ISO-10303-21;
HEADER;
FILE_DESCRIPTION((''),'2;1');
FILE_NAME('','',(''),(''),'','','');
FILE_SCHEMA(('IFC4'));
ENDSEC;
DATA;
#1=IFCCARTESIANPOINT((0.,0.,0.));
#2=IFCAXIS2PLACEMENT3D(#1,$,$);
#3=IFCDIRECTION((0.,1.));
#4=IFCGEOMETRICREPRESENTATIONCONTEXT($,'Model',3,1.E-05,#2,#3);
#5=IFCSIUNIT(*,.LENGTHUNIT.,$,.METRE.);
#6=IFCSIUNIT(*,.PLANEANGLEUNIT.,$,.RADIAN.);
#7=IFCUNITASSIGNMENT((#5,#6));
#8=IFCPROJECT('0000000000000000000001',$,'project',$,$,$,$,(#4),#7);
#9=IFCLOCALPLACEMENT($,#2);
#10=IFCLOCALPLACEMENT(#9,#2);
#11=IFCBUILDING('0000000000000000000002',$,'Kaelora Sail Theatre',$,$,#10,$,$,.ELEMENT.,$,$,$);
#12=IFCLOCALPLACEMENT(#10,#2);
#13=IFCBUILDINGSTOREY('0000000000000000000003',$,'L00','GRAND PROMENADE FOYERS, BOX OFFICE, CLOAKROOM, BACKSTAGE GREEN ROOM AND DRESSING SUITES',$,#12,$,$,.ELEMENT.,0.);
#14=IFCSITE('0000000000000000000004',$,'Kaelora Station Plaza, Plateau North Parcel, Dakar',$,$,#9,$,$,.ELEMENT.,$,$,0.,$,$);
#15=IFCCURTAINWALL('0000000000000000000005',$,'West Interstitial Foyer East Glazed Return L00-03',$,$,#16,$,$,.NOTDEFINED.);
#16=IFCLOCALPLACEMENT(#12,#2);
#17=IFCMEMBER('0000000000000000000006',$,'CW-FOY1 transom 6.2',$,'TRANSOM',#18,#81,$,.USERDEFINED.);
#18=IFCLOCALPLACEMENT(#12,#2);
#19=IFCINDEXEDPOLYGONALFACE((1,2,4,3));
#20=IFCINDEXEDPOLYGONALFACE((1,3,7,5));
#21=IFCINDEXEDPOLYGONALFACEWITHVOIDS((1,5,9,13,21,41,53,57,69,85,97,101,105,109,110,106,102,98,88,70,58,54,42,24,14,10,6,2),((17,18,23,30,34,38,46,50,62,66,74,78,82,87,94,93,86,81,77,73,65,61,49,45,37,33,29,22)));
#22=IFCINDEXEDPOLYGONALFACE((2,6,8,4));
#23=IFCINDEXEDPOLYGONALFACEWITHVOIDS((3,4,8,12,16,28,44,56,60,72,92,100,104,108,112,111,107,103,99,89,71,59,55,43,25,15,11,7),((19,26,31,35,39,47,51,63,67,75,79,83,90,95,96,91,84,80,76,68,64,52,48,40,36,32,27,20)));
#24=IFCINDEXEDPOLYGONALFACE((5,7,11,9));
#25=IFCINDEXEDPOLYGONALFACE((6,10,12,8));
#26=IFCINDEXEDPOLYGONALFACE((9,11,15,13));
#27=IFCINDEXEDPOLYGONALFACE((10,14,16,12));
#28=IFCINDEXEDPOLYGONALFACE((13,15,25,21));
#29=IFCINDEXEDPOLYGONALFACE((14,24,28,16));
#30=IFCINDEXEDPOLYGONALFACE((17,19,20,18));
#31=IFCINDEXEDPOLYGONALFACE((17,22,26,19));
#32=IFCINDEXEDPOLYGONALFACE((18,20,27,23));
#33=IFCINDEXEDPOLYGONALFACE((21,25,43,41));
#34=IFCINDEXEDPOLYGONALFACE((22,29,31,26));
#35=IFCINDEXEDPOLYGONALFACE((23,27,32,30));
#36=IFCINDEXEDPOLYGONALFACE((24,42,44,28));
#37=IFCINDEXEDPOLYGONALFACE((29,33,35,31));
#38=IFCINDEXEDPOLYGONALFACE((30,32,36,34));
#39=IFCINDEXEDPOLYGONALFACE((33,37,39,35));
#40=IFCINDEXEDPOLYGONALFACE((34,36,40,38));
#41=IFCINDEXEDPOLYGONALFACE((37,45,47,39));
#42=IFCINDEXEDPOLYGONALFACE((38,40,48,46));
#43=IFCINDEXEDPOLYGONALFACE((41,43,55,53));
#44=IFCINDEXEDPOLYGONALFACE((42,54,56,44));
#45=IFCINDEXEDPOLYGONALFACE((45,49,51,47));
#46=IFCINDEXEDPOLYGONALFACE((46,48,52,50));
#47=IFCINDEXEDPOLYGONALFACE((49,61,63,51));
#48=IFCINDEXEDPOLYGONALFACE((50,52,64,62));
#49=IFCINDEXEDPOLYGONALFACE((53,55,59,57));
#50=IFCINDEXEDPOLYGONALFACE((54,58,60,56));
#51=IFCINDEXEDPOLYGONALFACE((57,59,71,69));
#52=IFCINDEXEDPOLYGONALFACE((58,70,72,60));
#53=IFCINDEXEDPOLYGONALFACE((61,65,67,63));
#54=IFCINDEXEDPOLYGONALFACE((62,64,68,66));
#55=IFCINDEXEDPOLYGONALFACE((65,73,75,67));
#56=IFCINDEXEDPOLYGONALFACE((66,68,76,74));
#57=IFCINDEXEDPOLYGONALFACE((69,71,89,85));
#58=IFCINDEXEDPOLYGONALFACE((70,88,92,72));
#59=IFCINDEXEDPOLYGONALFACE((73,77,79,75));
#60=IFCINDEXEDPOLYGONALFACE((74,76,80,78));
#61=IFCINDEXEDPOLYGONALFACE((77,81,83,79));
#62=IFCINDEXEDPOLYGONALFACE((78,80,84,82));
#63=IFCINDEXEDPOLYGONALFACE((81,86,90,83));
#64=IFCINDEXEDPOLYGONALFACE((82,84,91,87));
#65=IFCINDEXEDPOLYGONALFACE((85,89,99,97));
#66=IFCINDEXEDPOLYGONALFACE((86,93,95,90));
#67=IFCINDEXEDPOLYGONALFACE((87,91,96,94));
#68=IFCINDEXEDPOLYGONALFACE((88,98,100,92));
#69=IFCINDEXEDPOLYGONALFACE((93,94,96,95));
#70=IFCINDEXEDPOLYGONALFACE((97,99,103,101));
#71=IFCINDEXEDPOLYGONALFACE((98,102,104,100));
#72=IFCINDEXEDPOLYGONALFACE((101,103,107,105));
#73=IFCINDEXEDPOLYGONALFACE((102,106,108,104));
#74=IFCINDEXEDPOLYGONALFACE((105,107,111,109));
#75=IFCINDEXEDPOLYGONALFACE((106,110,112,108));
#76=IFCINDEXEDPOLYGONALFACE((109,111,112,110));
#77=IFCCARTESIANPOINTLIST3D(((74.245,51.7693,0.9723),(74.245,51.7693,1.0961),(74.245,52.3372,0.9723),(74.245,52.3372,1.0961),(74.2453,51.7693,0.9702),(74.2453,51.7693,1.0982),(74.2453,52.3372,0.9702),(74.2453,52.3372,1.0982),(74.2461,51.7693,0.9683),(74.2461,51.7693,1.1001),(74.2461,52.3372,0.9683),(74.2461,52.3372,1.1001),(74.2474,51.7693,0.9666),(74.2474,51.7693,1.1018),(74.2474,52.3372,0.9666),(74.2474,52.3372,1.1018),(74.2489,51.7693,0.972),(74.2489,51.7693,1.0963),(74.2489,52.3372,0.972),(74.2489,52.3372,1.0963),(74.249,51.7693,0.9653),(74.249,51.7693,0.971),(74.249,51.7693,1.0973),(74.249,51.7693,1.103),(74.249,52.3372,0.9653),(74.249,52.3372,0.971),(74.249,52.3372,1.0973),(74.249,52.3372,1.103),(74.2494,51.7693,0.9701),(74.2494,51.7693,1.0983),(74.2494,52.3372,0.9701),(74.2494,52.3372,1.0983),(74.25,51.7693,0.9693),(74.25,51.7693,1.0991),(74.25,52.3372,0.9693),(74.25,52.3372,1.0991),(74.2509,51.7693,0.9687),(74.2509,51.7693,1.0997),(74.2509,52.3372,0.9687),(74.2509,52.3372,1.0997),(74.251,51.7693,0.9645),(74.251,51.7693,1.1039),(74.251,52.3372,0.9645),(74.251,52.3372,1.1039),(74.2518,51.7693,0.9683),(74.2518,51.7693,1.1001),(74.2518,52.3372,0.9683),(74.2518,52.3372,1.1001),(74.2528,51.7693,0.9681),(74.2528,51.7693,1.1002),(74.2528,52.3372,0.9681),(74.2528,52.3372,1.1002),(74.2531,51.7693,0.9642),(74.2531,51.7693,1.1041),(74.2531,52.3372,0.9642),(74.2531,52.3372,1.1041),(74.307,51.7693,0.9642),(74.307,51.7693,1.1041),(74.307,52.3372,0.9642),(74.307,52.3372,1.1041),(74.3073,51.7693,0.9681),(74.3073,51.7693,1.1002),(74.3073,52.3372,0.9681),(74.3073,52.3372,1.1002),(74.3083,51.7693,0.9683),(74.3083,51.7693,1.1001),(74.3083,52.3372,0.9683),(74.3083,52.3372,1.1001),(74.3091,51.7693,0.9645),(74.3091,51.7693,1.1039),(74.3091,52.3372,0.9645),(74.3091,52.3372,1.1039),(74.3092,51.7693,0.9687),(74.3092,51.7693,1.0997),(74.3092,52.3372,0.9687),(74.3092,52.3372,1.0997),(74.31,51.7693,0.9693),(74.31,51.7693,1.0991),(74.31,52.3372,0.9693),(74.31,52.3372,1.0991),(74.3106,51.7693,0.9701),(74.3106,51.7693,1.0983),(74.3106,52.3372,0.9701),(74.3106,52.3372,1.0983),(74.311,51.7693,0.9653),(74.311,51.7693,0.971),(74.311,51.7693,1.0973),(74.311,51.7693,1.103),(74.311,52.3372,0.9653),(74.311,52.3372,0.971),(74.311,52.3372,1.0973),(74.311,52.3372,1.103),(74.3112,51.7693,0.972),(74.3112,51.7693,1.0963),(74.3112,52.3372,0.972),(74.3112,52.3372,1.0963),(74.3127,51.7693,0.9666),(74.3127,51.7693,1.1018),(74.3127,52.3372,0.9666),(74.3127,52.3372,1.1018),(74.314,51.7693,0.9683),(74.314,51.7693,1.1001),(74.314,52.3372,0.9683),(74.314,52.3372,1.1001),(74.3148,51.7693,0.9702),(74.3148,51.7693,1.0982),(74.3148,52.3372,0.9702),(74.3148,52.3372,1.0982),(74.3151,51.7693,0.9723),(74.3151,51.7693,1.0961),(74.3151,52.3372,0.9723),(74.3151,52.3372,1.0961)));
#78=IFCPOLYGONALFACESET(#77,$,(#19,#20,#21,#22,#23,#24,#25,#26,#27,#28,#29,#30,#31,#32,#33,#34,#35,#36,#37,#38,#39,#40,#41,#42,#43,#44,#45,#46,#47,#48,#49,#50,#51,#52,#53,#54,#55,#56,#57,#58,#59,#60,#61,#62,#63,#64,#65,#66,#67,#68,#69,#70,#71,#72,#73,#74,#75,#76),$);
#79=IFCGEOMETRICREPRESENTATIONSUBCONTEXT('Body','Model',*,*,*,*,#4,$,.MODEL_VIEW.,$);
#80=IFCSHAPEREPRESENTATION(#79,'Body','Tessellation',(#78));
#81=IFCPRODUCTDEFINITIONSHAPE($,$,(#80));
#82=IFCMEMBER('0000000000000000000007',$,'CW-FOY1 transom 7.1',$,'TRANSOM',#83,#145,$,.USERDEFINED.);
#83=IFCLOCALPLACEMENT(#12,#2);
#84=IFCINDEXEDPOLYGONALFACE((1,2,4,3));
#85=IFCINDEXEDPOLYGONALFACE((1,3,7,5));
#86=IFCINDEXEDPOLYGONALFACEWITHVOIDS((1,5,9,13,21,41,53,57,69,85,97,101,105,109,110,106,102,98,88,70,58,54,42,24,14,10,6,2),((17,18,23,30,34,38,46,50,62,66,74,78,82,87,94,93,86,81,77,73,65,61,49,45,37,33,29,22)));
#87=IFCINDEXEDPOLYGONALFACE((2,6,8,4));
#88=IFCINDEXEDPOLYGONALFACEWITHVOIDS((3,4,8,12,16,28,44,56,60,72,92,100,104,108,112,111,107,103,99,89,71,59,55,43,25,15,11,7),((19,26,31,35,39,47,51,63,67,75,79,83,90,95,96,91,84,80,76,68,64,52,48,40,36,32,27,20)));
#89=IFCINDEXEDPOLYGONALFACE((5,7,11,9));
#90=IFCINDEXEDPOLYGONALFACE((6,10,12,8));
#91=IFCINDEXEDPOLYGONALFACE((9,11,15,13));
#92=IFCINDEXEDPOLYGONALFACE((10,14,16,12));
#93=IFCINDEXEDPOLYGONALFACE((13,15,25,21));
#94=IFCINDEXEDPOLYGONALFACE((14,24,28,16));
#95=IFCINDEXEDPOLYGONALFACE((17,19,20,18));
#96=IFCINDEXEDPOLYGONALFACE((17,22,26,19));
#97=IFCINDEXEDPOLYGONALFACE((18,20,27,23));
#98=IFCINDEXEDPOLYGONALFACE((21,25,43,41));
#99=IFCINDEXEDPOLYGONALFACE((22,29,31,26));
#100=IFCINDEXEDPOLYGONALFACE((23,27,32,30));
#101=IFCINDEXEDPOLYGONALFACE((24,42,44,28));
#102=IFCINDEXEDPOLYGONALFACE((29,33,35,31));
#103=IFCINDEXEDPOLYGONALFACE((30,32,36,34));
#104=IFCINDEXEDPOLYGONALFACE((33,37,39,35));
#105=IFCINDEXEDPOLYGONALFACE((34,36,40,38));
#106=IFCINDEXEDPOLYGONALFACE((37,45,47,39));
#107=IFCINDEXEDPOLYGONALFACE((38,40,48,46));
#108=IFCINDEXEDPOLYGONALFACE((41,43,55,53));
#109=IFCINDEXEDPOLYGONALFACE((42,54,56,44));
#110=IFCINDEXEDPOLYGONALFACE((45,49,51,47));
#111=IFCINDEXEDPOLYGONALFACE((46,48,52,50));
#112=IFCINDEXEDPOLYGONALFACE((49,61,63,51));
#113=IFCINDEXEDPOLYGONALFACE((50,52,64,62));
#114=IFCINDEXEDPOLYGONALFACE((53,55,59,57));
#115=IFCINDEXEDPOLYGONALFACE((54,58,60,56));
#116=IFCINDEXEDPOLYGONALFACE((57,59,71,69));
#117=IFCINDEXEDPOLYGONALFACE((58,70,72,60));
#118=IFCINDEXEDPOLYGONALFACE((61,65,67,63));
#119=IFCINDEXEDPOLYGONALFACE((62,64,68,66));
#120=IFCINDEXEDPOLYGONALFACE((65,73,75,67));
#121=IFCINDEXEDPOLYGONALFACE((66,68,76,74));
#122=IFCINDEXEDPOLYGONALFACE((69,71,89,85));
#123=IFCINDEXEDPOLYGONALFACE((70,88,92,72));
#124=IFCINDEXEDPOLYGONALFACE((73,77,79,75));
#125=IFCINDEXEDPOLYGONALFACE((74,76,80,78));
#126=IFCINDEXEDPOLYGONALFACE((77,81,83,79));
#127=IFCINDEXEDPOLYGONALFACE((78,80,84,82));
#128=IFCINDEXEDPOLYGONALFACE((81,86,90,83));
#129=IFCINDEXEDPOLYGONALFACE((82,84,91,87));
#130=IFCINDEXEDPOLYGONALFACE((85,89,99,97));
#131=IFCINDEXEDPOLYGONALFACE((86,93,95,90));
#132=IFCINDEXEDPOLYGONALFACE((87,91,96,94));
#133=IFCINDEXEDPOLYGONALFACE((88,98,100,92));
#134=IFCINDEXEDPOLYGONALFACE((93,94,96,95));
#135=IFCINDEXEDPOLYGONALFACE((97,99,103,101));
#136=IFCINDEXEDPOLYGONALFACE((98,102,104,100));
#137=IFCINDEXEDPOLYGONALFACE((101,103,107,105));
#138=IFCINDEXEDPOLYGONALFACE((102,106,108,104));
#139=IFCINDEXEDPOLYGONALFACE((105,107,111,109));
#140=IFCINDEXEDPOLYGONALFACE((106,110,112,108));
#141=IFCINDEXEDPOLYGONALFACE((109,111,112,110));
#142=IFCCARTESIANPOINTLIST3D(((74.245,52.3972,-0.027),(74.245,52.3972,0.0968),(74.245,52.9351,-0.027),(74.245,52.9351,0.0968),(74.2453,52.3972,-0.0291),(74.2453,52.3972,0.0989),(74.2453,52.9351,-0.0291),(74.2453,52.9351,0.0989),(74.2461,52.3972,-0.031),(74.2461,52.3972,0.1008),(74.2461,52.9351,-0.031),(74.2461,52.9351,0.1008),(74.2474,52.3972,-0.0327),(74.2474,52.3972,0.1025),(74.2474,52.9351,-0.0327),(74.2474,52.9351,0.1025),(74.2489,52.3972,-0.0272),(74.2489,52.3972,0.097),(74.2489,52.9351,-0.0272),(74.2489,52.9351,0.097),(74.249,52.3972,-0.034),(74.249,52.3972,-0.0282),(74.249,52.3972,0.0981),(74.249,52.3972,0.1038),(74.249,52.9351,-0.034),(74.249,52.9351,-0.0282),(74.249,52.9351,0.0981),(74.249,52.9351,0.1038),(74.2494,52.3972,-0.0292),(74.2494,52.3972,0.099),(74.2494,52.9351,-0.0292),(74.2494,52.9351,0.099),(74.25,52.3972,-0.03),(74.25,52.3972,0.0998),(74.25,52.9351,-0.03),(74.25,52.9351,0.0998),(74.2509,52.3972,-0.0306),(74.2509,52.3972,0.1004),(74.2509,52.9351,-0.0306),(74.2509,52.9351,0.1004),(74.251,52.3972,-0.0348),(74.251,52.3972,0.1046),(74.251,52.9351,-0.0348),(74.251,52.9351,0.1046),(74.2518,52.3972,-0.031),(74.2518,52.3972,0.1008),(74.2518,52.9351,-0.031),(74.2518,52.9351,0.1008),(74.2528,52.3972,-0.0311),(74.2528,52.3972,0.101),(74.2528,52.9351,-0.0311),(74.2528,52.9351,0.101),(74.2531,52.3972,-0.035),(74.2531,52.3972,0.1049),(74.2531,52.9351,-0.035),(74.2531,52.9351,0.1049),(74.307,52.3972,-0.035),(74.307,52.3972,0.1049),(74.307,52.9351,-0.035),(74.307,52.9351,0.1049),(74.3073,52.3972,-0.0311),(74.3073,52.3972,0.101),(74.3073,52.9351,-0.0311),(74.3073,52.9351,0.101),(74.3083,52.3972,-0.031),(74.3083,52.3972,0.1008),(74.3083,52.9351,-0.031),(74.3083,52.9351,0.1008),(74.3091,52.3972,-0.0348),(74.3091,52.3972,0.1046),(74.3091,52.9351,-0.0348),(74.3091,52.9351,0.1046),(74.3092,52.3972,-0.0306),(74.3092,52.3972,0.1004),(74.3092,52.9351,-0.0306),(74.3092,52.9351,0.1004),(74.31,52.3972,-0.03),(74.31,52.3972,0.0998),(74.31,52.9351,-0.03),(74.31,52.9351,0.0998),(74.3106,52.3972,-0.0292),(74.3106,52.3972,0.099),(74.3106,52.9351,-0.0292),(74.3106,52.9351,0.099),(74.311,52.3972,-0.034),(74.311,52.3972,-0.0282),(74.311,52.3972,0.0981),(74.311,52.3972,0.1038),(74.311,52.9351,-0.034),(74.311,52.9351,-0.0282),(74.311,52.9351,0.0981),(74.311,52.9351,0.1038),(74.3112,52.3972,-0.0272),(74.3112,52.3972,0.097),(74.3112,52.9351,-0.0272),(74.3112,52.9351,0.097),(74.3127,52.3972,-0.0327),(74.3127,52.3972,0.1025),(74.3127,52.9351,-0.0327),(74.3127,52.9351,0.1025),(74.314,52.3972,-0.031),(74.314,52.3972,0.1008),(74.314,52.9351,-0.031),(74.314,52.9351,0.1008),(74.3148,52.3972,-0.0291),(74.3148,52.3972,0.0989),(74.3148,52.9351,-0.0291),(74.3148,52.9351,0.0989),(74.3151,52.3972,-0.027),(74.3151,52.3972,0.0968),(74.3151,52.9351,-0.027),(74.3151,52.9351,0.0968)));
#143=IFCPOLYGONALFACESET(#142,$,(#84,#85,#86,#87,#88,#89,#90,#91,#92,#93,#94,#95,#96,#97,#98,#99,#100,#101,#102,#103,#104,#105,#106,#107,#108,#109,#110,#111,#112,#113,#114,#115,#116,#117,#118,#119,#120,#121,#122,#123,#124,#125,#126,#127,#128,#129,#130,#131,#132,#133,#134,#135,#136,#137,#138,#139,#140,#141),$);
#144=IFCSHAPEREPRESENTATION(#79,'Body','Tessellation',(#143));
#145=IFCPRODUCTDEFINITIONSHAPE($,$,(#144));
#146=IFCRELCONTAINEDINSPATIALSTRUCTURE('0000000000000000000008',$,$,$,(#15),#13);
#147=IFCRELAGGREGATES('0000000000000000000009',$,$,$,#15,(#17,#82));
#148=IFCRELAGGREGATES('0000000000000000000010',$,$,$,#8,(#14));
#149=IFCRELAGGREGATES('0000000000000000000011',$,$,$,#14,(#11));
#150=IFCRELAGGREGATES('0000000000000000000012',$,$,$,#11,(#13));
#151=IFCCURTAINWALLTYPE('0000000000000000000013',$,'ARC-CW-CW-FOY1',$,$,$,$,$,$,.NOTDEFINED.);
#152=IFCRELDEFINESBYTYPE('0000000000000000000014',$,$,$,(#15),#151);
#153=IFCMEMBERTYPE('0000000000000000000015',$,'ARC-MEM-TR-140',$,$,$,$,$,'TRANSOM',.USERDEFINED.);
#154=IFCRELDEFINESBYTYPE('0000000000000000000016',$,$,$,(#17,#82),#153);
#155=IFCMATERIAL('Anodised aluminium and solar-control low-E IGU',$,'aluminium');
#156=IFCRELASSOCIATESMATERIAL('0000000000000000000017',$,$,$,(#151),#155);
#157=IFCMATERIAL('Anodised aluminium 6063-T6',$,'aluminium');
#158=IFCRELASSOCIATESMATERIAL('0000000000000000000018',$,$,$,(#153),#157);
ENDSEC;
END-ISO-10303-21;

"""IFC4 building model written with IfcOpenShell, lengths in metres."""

from ifc_helpers import new_model, si_unit, direction, frame, origin, origin_2d, place, context, subcontext, project, spatial, hollow_rectangle, extrude, material, material_profile, profile_set, type_object, element, aggregate, save


model = new_model("IFC4")

# Units and contexts
model_context = context("Model", 3, precision=1e-05, world=origin(), true_north=direction((0.0, 1.0)))
body_context = subcontext(model_context, "Body", "Model", "MODEL_VIEW")
ifc_project = project(units=[si_unit("LENGTHUNIT", "METRE"), si_unit("PLANEANGLEUNIT", "RADIAN")], contexts=[model_context])

# Site, building, storey
site_placement = place(None, origin())
site = spatial("IfcSite", under=ifc_project, at=site_placement, Name="Kaelora Station Plaza, Plateau North Parcel, Dakar", CompositionType="ELEMENT", RefElevation=0.0)
building_placement = place(site_placement, origin())
building = spatial("IfcBuilding", under=site, at=building_placement, Name="Kaelora Sail Theatre", CompositionType="ELEMENT")
storey_placement = place(building_placement, origin())
storey = spatial("IfcBuildingStorey", under=building, at=storey_placement, Name="L00", Description="GRAND PROMENADE FOYERS, BOX OFFICE, CLOAKROOM, BACKSTAGE GREEN ROOM AND DRESSING SUITES", CompositionType="ELEMENT", Elevation=0.0)

# Curtain wall
ifc_material_1 = material(Name="Anodised aluminium and solar-control low-E IGU", Category="aluminium")
curtain_wall_type = type_object("IfcCurtainWallType", Name="ARC-CW-CW-FOY1", PredefinedType="NOTDEFINED", material=ifc_material_1)
curtain_wall_placement = place(storey_placement, origin())
curtain_wall = element("IfcCurtainWall", 1, at=curtain_wall_placement, inside=storey, type_object=curtain_wall_type, Name="West Interstitial Foyer East Glazed Return L00-03", PredefinedType="NOTDEFINED")

# Members
ifc_material_2 = material(Name="Anodised aluminium 6063-T6", Category="aluminium")
ifc_material_profile_1 = material_profile(ifc_material_2, hollow_rectangle(XDim=0.0701, YDim=0.1399, WallThickness=0.0039, InnerFilletRadius=0.0039, OuterFilletRadius=0.0081, at=origin_2d()), Name="ALU-TRAN 70x140x4")
ifc_profile_set_1 = profile_set([ifc_material_profile_1], Name="Anodised aluminium 6063-T6")
member_type_1 = type_object("IfcMemberType", Name="ARC-MEM-TR-140", ElementType="TRANSOM", PredefinedType="USERDEFINED", material=ifc_profile_set_1)
member_1_placement = place(storey_placement, frame((74.28, 51.7693, 1.0342), z_axis=(0.0, 1.0, 0.0), x_axis=(-1.0, 0.0, 0.0)))
member_1 = element("IfcMember", 2, at=member_1_placement, type_object=member_type_1, Name="CW-FOY1 transom 6.2", ObjectType="TRANSOM", PredefinedType="USERDEFINED", context=body_context, shape_type="SweptSolid", body=[
    extrude(hollow_rectangle(XDim=0.0701, YDim=0.1399, WallThickness=0.0039, InnerFilletRadius=0.0039, OuterFilletRadius=0.0081, at=origin_2d()), origin(), (0.0, 0.0, 1.0), 0.5679),
])
member_2_placement = place(storey_placement, frame((74.28, 52.3972, 0.0349), z_axis=(0.0, 1.0, 0.0), x_axis=(-1.0, 0.0, 0.0)))
member_2 = element("IfcMember", 3, at=member_2_placement, type_object=member_type_1, Name="CW-FOY1 transom 7.1", ObjectType="TRANSOM", PredefinedType="USERDEFINED", context=body_context, shape_type="SweptSolid", body=[
    extrude(hollow_rectangle(XDim=0.0701, YDim=0.1399, WallThickness=0.0039, InnerFilletRadius=0.0039, OuterFilletRadius=0.0081, at=origin_2d()), origin(), (0.0, 0.0, 1.0), 0.5378),
])

aggregate(curtain_wall, [member_1, member_2])

save(model, "model.ifc")
